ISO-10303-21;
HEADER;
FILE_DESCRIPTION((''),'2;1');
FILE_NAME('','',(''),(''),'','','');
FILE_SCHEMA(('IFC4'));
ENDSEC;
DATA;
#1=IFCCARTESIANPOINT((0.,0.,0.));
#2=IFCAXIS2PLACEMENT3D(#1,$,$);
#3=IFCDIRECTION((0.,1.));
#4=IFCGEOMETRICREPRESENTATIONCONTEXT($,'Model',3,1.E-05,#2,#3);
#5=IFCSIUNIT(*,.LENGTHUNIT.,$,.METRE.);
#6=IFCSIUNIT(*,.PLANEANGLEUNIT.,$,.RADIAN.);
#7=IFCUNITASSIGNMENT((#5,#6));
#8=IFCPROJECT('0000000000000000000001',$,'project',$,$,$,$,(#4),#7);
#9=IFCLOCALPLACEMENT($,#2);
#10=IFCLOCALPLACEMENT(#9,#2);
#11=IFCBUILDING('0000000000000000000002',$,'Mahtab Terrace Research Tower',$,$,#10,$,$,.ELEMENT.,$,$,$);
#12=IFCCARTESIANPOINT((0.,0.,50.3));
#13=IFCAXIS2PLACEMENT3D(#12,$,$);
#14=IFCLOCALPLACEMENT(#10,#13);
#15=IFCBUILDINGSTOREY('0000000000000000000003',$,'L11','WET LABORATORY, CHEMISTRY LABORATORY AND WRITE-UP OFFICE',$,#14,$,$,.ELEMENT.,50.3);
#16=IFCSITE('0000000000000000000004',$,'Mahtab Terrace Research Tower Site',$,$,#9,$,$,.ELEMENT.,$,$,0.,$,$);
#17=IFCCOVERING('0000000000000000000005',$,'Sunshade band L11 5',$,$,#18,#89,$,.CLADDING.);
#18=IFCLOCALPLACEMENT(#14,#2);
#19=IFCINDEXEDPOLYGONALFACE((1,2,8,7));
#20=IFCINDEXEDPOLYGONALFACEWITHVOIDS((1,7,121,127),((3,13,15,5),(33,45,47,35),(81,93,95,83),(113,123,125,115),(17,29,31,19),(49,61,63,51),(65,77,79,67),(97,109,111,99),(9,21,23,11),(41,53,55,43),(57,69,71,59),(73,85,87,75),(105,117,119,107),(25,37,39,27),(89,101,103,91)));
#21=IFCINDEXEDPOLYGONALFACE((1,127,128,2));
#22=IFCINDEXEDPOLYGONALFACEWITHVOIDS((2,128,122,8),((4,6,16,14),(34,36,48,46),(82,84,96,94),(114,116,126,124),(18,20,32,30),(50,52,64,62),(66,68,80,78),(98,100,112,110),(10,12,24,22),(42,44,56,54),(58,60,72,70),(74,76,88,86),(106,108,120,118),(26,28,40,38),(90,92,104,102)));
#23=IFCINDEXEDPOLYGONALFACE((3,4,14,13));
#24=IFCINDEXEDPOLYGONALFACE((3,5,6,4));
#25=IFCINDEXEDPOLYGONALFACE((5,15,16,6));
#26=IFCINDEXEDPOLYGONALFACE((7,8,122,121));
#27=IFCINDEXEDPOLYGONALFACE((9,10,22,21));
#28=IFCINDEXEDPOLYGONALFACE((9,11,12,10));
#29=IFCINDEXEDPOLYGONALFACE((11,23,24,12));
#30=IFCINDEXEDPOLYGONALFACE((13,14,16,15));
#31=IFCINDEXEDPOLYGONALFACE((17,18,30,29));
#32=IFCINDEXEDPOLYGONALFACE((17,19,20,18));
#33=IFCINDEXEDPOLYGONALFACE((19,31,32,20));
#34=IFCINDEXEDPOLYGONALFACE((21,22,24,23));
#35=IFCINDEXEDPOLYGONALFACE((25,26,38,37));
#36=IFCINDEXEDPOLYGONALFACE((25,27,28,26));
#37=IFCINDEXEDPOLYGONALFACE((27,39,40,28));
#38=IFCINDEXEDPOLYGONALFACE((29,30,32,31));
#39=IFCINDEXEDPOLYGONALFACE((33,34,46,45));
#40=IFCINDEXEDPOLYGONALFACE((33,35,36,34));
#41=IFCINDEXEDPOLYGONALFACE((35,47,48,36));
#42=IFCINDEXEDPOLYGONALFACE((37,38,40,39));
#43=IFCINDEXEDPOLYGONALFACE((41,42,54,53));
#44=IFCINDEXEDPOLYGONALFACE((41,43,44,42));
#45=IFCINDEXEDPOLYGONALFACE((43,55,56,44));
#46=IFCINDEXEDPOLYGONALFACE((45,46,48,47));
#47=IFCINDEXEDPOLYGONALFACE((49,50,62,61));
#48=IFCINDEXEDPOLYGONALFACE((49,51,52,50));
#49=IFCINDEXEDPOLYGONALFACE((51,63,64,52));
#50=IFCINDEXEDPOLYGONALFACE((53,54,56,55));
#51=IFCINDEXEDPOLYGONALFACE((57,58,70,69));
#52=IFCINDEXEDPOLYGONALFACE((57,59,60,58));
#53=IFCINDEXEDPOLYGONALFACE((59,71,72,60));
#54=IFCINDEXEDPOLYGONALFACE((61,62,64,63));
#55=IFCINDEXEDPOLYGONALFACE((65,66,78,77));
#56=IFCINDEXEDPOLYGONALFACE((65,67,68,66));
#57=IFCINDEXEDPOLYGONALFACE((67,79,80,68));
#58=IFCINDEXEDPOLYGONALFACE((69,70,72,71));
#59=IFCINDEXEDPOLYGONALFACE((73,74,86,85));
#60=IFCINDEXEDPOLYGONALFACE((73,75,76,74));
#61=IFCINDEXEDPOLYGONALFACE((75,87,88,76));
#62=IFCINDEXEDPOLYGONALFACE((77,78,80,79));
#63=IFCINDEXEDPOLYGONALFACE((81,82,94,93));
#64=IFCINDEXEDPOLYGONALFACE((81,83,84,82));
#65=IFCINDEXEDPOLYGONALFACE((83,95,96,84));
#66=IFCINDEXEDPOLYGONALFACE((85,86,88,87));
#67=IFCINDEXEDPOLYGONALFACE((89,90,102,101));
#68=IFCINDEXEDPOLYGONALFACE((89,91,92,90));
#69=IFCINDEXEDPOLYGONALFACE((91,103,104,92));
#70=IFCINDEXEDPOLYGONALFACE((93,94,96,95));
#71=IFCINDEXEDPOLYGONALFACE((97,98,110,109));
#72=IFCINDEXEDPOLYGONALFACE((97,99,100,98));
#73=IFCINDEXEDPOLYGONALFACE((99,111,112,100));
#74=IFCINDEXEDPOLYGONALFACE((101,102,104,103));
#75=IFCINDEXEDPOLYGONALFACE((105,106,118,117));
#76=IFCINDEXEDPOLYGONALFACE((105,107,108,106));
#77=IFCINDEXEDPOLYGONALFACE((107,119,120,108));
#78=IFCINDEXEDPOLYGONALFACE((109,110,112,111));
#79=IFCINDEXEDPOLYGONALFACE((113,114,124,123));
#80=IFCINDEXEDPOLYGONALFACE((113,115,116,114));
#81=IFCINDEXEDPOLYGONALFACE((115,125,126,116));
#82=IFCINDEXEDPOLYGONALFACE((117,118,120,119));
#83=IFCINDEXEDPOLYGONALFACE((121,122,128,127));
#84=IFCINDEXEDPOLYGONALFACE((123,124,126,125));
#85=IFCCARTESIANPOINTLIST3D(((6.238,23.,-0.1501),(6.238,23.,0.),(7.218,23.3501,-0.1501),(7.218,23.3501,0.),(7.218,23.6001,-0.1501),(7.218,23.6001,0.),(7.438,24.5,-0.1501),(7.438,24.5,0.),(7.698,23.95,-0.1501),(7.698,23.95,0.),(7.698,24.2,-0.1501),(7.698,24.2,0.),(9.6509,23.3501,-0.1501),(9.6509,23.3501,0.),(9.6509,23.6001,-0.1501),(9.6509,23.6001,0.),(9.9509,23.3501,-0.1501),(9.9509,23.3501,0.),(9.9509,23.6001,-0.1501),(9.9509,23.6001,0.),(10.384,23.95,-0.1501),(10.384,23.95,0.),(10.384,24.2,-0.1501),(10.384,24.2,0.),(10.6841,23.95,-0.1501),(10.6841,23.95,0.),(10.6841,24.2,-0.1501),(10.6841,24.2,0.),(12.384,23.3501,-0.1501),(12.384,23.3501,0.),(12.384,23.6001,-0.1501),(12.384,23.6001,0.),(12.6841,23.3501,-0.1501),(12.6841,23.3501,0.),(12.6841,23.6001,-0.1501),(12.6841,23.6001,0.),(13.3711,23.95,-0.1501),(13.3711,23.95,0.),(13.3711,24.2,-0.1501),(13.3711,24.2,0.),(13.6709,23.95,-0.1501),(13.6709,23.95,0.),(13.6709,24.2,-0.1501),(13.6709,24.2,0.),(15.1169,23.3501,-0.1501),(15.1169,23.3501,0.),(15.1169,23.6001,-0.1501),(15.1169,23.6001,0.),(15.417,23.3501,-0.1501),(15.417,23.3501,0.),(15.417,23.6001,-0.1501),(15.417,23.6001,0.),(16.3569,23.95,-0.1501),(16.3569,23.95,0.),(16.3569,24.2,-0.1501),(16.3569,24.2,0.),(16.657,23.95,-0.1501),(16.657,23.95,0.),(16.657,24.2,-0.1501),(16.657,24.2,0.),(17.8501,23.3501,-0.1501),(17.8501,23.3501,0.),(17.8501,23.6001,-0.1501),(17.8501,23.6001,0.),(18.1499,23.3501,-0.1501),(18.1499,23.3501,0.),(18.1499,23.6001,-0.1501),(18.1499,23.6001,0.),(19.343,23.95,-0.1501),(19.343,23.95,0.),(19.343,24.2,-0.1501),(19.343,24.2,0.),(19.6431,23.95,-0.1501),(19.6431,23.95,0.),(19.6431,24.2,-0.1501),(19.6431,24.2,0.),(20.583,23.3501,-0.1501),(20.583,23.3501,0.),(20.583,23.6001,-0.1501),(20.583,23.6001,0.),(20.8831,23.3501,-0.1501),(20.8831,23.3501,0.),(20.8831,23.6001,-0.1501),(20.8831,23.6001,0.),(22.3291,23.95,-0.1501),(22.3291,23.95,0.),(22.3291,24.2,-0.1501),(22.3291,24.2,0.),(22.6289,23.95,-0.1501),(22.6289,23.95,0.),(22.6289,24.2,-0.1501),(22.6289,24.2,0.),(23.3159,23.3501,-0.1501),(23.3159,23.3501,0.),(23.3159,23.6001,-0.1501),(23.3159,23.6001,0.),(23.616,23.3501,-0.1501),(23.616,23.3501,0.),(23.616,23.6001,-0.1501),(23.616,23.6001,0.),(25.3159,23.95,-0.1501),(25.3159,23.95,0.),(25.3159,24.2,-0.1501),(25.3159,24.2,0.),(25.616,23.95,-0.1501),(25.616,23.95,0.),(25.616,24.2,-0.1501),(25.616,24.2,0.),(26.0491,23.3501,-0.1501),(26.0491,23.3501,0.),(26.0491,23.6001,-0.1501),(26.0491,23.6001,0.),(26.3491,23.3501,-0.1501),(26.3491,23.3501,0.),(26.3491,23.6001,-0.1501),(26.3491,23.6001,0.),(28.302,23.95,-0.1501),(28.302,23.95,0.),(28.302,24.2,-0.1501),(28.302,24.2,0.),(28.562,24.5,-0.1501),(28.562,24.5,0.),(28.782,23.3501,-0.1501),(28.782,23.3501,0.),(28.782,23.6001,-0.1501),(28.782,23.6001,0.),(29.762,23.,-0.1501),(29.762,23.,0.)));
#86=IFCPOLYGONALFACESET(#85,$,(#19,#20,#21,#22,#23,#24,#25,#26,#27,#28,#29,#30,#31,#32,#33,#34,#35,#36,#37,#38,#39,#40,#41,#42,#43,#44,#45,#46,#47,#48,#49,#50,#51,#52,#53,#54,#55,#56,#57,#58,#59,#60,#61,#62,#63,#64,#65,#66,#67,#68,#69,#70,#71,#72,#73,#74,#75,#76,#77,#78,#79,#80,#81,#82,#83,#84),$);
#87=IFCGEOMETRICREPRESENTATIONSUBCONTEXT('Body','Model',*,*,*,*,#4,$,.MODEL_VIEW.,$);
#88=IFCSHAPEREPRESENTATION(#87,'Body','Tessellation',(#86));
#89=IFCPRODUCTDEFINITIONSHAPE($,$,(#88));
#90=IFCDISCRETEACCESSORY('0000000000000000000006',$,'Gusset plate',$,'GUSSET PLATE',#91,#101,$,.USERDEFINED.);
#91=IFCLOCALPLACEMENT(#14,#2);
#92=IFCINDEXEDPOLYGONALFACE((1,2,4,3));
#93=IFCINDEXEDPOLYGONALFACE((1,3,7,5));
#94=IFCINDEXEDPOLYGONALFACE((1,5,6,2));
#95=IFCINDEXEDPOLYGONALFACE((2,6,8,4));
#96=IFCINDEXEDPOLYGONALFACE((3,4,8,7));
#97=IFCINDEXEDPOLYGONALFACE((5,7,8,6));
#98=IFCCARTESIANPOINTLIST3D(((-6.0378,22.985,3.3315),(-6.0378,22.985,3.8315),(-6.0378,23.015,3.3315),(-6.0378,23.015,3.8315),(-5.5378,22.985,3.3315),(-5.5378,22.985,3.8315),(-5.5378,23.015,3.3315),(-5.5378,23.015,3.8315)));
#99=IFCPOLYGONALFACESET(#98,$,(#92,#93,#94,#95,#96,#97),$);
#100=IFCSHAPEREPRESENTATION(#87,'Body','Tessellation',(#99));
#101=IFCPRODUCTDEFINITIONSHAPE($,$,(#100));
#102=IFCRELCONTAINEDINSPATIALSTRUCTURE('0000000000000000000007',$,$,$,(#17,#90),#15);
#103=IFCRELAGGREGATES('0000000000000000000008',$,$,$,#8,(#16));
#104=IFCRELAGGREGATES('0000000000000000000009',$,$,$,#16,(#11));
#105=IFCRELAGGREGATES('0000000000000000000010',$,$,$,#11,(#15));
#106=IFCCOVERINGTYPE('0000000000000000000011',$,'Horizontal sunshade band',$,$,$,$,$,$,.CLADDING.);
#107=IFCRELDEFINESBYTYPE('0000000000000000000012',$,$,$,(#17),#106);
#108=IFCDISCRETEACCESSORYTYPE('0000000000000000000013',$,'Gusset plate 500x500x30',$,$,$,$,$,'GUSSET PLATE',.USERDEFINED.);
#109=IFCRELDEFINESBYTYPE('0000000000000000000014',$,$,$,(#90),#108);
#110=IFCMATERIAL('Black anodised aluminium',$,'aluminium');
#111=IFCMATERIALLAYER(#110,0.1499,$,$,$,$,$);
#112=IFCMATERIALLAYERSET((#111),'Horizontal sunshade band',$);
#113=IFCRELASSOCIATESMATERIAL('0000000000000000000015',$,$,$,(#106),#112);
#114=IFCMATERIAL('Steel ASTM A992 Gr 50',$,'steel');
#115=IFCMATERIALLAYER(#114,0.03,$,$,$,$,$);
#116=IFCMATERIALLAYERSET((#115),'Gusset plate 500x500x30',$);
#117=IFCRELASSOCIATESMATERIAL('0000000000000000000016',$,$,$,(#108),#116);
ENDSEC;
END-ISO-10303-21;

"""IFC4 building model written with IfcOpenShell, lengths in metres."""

from ifc_helpers import new_model, si_unit, direction, frame, origin, origin_2d, place, context, subcontext, project, spatial, polyline, rectangle, outline, extrude, material, layer, layer_set, type_object, element, save


model = new_model("IFC4")

# Units and contexts
model_context = context("Model", 3, precision=1e-05, world=origin(), true_north=direction((0.0, 1.0)))
body_context = subcontext(model_context, "Body", "Model", "MODEL_VIEW")
ifc_project = project(units=[si_unit("LENGTHUNIT", "METRE"), si_unit("PLANEANGLEUNIT", "RADIAN")], contexts=[model_context])

# Site, building, storey
site_placement = place(None, origin())
site = spatial("IfcSite", under=ifc_project, at=site_placement, Name="Mahtab Terrace Research Tower Site", CompositionType="ELEMENT", RefElevation=0.0)
building_placement = place(site_placement, origin())
building = spatial("IfcBuilding", under=site, at=building_placement, Name="Mahtab Terrace Research Tower", CompositionType="ELEMENT")
storey_placement = place(building_placement, frame((0.0, 0.0, 50.3)))
storey = spatial("IfcBuildingStorey", under=building, at=storey_placement, Name="L11", Description="WET LABORATORY, CHEMISTRY LABORATORY AND WRITE-UP OFFICE", CompositionType="ELEMENT", Elevation=50.3)

# Shared definitions
ifc_material_1 = material(Name="Steel ASTM A992 Gr 50", Category="steel")

# Covering
ifc_material_2 = material(Name="Black anodised aluminium", Category="aluminium")
ifc_layer_1 = layer(ifc_material_2, 0.1499)
ifc_layer_set_1 = layer_set([ifc_layer_1], Name="Horizontal sunshade band")
covering_type = type_object("IfcCoveringType", Name="Horizontal sunshade band", PredefinedType="CLADDING", material=ifc_layer_set_1)
covering_placement = place(storey_placement, frame((0.0, 0.0, -0.1501)))
element("IfcCovering", 1, at=covering_placement, inside=storey, type_object=covering_type, Name="Sunshade band L11 5", PredefinedType="CLADDING", context=body_context, shape_type="SweptSolid", body=[
    extrude(outline(polyline([(29.762, 23.0), (6.238, 23.0), (7.438, 24.5), (28.562, 24.5), (29.762, 23.0)]), holes=[polyline([(28.782, 23.3501), (26.3491, 23.3501), (26.3491, 23.6001), (28.782, 23.6001), (28.782, 23.3501)]), polyline([(26.0491, 23.3501), (23.616, 23.3501), (23.616, 23.6001), (26.0491, 23.6001), (26.0491, 23.3501)]), polyline([(23.3159, 23.3501), (20.8831, 23.3501), (20.8831, 23.6001), (23.3159, 23.6001), (23.3159, 23.3501)]), polyline([(20.583, 23.3501), (18.1499, 23.3501), (18.1499, 23.6001), (20.583, 23.6001), (20.583, 23.3501)]), polyline([(17.8501, 23.3501), (15.417, 23.3501), (15.417, 23.6001), (17.8501, 23.6001), (17.8501, 23.3501)]), polyline([(15.1169, 23.3501), (12.6841, 23.3501), (12.6841, 23.6001), (15.1169, 23.6001), (15.1169, 23.3501)]), polyline([(12.384, 23.3501), (9.9509, 23.3501), (9.9509, 23.6001), (12.384, 23.6001), (12.384, 23.3501)]), polyline([(9.6509, 23.3501), (7.218, 23.3501), (7.218, 23.6001), (9.6509, 23.6001), (9.6509, 23.3501)]), polyline([(28.302, 23.95), (25.616, 23.95), (25.616, 24.2), (28.302, 24.2), (28.302, 23.95)]), polyline([(25.3159, 23.95), (22.6289, 23.95), (22.6289, 24.2), (25.3159, 24.2), (25.3159, 23.95)]), polyline([(22.3291, 23.95), (19.6431, 23.95), (19.6431, 24.2), (22.3291, 24.2), (22.3291, 23.95)]), polyline([(19.343, 23.95), (16.657, 23.95), (16.657, 24.2), (19.343, 24.2), (19.343, 23.95)]), polyline([(16.3569, 23.95), (13.6709, 23.95), (13.6709, 24.2), (16.3569, 24.2), (16.3569, 23.95)]), polyline([(13.3711, 23.95), (10.6841, 23.95), (10.6841, 24.2), (13.3711, 24.2), (13.3711, 23.95)]), polyline([(10.384, 23.95), (7.698, 23.95), (7.698, 24.2), (10.384, 24.2), (10.384, 23.95)])]), origin(), (0.0, 0.0, 1.0), 0.1501),
])

# Discrete accessory
ifc_layer_2 = layer(ifc_material_1, 0.03)
ifc_layer_set_2 = layer_set([ifc_layer_2], Name="Gusset plate 500x500x30")
discrete_accessory_type = type_object("IfcDiscreteAccessoryType", Name="Gusset plate 500x500x30", ElementType="GUSSET PLATE", PredefinedType="USERDEFINED", material=ifc_layer_set_2)
discrete_accessory_placement = place(storey_placement, frame((-5.7878, 23.0, 3.3315), z_axis=(0.0, 0.0, 1.0), x_axis=(1.0, 0.0, 0.0)))
element("IfcDiscreteAccessory", 2, at=discrete_accessory_placement, inside=storey, type_object=discrete_accessory_type, Name="Gusset plate", ObjectType="GUSSET PLATE", PredefinedType="USERDEFINED", context=body_context, shape_type="SweptSolid", body=[
    extrude(rectangle(XDim=0.5, YDim=0.03, at=origin_2d()), origin(), (0.0, 0.0, 1.0), 0.5),
])

save(model, "model.ifc")
